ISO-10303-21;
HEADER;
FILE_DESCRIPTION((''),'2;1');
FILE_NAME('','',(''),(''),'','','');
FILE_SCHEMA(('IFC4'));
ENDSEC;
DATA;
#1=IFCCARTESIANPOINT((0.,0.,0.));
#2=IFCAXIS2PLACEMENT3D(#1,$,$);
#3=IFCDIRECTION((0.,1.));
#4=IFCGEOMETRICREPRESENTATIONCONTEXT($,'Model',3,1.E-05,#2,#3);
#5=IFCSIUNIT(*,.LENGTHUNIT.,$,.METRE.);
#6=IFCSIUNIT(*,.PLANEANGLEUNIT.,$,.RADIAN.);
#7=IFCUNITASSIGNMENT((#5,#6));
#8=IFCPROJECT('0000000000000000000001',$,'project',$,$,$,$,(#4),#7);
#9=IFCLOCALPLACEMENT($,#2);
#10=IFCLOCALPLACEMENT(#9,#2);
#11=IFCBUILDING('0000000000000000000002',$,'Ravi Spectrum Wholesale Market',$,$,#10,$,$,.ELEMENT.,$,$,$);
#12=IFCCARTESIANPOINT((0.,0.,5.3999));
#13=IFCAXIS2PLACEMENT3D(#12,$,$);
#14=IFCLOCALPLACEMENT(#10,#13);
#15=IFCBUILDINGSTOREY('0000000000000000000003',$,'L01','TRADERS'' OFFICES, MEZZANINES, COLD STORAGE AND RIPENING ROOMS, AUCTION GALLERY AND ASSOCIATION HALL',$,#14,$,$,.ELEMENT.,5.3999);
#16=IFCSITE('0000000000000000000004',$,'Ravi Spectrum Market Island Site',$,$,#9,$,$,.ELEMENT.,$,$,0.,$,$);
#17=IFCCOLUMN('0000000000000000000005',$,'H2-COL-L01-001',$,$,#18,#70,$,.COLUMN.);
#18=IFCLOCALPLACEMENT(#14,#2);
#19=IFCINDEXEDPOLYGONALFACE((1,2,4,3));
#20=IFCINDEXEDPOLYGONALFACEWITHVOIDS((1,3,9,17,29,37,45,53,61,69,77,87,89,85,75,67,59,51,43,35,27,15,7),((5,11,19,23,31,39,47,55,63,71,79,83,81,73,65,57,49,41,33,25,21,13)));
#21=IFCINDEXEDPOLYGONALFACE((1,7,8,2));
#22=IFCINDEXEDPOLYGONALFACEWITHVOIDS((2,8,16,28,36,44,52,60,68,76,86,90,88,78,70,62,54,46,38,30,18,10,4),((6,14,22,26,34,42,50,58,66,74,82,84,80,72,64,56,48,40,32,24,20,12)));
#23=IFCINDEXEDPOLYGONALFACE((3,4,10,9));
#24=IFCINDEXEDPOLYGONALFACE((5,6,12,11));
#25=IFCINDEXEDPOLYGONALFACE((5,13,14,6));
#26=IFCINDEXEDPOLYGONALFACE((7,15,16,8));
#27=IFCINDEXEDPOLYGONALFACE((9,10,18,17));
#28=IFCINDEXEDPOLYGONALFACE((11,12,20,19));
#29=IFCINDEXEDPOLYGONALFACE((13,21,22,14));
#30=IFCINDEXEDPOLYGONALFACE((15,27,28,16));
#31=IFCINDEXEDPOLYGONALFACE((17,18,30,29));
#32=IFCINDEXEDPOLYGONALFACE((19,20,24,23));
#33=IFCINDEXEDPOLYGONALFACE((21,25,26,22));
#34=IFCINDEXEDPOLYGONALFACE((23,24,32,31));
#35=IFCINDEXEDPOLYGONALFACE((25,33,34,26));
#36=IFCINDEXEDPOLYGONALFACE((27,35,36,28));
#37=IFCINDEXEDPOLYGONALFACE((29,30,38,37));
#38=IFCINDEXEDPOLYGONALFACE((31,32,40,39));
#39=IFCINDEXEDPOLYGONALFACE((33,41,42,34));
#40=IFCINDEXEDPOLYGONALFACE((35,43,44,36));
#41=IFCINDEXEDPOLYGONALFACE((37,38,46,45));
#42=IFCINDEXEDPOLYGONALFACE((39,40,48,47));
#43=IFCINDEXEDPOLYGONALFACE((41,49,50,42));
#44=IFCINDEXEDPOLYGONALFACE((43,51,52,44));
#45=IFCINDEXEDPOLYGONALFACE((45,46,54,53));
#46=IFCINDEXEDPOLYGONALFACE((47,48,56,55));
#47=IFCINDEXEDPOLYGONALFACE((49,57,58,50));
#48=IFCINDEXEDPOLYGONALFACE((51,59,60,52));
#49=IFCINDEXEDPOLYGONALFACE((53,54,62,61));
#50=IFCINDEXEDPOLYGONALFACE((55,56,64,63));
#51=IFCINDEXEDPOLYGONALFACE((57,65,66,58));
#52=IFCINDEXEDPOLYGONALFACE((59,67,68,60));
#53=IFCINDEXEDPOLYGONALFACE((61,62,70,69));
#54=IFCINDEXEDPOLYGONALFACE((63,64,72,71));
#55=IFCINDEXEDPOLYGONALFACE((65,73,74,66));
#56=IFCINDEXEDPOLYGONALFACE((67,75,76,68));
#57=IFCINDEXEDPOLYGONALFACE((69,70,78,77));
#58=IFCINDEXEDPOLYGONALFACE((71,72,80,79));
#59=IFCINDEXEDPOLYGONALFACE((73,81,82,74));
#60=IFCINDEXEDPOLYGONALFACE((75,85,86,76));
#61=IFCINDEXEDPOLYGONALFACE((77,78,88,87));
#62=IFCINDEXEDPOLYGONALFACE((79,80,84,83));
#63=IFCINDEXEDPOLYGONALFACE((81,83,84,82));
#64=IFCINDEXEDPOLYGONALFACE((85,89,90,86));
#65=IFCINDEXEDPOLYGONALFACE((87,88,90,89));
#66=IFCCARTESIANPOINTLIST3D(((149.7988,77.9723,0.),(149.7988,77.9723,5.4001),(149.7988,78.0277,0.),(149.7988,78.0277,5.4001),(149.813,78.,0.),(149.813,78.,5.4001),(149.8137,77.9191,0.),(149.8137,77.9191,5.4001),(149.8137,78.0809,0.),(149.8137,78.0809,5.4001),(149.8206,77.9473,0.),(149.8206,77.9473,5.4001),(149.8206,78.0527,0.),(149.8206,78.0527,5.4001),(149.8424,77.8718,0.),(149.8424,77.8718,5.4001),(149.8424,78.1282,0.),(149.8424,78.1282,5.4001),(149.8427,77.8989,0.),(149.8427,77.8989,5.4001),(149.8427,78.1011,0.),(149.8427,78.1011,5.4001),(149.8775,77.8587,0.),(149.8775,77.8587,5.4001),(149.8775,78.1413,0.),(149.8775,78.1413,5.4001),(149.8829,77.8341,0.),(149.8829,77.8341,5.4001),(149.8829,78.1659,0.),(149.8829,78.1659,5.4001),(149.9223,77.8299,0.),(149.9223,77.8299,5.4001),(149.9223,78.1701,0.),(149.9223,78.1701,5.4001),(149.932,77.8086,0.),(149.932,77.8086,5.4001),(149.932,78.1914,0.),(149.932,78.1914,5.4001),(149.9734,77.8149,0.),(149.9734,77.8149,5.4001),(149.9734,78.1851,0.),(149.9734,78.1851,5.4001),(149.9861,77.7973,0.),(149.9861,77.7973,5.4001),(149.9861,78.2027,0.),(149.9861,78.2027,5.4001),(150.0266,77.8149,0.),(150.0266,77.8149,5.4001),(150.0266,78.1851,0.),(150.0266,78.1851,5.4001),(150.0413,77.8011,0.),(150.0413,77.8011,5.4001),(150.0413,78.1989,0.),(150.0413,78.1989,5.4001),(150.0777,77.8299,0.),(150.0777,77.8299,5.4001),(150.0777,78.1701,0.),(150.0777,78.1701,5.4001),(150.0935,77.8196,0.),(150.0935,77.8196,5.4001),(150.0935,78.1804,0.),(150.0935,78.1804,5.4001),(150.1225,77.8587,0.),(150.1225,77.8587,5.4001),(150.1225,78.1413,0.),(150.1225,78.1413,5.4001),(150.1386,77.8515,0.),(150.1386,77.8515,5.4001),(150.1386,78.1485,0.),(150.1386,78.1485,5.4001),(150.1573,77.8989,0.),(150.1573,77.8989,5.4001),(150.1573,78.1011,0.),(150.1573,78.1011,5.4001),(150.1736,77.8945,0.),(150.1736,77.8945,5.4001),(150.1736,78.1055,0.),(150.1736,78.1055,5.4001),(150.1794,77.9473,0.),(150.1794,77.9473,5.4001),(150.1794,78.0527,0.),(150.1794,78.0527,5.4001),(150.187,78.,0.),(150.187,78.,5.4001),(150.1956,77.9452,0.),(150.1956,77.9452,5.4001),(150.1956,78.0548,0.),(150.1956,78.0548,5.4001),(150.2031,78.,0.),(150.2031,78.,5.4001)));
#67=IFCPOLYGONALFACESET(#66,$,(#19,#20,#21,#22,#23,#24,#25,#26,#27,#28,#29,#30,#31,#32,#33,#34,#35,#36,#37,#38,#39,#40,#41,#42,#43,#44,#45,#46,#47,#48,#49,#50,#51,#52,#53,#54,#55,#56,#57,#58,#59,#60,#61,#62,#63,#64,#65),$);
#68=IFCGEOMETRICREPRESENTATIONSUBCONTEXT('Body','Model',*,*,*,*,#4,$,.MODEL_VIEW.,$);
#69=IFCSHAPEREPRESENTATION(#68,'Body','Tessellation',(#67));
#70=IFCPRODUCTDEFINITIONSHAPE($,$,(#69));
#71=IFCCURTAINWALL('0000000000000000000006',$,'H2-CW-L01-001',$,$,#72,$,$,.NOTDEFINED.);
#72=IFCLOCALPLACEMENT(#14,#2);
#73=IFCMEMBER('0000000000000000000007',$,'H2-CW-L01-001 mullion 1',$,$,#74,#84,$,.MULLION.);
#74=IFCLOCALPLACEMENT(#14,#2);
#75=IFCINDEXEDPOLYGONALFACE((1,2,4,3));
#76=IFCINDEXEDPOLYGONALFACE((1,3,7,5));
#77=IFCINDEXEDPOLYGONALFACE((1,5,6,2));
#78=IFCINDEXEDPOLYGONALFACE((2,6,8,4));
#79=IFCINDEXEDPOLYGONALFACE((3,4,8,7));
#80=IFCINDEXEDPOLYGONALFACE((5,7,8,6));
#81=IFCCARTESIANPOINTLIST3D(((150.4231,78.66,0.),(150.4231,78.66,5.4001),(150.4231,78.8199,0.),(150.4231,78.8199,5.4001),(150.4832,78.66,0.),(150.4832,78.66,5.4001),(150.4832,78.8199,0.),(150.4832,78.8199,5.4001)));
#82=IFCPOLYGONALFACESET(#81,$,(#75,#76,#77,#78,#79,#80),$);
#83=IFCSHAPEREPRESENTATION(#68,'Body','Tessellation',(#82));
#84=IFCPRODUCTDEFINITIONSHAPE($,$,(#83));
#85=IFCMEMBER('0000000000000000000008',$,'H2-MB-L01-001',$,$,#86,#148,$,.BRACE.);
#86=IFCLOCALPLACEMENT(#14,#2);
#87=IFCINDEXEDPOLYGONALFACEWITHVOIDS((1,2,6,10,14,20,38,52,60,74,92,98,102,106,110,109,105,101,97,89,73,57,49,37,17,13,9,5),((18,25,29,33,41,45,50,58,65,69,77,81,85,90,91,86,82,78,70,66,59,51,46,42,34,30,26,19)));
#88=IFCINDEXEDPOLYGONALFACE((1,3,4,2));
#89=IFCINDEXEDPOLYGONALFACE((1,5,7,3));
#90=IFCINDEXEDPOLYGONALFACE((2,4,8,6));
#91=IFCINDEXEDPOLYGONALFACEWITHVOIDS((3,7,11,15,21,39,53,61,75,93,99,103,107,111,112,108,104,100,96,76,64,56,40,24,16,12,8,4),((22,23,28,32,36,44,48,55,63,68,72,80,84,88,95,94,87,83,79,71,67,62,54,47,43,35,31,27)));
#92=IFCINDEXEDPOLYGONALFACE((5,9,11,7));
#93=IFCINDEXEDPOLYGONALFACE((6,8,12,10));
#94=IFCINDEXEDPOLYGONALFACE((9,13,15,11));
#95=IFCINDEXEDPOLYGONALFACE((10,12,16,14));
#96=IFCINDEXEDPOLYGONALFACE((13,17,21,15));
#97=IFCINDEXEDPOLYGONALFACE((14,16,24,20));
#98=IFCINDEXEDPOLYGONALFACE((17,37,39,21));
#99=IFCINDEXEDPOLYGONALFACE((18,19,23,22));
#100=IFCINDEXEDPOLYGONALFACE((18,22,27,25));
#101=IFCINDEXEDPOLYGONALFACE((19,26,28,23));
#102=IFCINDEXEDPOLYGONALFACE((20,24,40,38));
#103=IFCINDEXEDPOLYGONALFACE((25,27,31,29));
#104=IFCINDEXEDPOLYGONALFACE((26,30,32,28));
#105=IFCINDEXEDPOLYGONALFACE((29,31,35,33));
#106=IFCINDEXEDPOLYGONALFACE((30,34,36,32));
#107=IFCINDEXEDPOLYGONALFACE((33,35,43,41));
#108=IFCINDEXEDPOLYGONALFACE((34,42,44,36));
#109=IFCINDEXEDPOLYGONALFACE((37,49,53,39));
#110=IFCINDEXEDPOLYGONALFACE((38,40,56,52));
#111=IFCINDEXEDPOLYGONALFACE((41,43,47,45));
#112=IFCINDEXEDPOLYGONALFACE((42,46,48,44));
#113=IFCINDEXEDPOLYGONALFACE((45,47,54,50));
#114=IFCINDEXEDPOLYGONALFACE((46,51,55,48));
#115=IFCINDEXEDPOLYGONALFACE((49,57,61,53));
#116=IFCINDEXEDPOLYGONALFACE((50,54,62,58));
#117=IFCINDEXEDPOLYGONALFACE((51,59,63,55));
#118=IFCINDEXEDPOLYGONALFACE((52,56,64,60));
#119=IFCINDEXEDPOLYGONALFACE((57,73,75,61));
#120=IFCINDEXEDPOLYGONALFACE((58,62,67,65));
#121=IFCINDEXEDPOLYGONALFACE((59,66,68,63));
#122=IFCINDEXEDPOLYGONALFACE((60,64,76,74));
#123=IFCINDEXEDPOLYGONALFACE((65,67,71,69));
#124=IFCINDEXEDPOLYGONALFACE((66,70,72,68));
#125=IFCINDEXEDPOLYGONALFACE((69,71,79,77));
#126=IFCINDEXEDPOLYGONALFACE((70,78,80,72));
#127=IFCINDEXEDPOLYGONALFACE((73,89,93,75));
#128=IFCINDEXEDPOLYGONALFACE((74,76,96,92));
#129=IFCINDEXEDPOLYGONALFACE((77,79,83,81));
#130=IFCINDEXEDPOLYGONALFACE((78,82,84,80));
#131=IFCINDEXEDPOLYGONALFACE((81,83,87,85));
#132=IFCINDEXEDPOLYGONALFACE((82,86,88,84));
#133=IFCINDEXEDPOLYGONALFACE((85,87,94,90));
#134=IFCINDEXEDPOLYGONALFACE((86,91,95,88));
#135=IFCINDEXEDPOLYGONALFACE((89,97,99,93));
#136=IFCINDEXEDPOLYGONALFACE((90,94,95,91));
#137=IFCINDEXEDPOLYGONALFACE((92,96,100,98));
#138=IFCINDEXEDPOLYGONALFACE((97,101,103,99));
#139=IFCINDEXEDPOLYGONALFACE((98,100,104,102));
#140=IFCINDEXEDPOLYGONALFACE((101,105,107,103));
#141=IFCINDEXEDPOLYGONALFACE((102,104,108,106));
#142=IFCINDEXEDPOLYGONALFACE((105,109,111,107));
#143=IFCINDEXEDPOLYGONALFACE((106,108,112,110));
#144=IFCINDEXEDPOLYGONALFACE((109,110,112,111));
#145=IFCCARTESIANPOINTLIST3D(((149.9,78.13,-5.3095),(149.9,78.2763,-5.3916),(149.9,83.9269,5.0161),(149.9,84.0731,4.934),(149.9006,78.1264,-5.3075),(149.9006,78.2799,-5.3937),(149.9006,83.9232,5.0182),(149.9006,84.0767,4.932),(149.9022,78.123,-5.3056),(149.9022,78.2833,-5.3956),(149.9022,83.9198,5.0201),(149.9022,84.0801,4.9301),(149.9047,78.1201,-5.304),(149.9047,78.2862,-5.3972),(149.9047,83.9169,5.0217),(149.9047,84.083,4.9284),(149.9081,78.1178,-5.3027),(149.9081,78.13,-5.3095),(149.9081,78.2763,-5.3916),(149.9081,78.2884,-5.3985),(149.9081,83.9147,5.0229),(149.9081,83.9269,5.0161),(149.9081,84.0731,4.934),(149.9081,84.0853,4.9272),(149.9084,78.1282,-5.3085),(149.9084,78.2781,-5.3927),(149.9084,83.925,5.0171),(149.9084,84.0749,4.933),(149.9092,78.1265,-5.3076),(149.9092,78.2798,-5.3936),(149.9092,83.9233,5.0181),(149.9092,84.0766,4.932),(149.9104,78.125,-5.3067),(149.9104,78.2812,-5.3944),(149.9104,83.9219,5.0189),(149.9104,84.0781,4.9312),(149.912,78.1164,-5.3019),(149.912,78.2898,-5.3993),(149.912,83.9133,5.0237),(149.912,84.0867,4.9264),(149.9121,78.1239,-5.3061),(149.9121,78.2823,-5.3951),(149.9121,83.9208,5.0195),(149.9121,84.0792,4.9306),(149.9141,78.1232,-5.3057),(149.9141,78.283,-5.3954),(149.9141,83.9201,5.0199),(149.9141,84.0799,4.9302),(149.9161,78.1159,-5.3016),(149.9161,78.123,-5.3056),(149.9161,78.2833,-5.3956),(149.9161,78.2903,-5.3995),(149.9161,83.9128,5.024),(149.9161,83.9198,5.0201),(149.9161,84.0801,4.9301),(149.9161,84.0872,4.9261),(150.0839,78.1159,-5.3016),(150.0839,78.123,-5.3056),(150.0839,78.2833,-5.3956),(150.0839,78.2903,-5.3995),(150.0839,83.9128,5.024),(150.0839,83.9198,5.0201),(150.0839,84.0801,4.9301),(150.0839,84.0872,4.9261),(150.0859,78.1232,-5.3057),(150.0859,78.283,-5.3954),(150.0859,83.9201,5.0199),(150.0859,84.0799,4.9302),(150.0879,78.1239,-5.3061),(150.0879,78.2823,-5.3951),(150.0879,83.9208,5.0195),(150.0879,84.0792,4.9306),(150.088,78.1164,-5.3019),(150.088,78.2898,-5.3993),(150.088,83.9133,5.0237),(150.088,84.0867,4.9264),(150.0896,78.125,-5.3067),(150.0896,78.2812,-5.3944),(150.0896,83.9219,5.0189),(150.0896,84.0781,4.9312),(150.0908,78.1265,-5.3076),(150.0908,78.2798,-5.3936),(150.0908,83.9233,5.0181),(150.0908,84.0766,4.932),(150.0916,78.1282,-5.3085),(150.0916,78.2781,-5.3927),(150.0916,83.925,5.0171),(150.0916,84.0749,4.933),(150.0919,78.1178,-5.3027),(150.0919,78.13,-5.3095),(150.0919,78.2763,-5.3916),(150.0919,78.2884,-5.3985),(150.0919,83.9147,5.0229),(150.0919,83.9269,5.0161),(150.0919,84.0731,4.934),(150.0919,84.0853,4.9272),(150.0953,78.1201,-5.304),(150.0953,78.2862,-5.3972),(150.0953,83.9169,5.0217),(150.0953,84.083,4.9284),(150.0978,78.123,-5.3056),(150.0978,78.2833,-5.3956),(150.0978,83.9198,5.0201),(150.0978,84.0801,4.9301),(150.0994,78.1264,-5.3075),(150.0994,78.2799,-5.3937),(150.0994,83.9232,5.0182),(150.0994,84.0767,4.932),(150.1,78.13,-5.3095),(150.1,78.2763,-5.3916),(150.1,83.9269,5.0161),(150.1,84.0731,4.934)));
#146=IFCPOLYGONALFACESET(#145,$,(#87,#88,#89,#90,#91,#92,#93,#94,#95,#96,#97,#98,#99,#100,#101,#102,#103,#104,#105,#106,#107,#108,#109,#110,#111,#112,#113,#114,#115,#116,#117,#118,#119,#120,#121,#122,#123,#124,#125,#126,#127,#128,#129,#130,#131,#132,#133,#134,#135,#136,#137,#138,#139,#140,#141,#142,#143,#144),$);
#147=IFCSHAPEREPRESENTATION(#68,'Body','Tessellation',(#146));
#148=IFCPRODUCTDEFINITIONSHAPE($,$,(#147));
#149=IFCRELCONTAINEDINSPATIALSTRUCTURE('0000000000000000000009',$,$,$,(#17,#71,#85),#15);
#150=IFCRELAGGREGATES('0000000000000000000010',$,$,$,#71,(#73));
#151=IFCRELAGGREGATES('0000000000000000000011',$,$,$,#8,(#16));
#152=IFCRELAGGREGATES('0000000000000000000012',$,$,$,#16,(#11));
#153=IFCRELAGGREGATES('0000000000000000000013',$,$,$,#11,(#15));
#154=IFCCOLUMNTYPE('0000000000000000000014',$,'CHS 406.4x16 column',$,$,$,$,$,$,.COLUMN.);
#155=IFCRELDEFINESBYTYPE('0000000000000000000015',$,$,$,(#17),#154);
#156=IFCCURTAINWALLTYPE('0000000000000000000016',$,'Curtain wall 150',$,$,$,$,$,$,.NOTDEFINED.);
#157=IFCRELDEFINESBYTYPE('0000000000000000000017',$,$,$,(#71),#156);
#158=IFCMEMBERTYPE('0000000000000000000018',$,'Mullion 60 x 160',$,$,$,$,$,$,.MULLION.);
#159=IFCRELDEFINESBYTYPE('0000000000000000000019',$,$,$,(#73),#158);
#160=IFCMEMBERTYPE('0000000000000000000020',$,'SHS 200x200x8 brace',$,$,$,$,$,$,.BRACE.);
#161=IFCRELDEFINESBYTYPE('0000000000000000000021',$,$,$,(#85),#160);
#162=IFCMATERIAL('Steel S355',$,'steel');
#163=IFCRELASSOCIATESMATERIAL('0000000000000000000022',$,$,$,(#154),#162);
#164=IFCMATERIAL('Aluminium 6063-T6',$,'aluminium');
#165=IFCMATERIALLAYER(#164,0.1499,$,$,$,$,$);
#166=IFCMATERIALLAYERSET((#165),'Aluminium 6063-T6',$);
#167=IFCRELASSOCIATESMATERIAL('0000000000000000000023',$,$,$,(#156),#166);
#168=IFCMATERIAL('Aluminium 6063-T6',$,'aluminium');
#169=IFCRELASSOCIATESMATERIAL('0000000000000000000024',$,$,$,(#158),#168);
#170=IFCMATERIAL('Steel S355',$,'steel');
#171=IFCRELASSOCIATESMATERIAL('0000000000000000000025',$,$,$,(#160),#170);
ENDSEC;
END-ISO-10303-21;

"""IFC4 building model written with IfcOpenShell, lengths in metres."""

from ifc_helpers import new_model, si_unit, direction, frame, origin, origin_2d, place, context, subcontext, project, spatial, rectangle, hollow_rectangle, hollow_circle, extrude, material, layer, layer_set, material_profile, profile_set, type_object, element, aggregate, save


model = new_model("IFC4")

# Units and contexts
model_context = context("Model", 3, precision=1e-05, world=origin(), true_north=direction((0.0, 1.0)))
body_context = subcontext(model_context, "Body", "Model", "MODEL_VIEW")
ifc_project = project(units=[si_unit("LENGTHUNIT", "METRE"), si_unit("PLANEANGLEUNIT", "RADIAN")], contexts=[model_context])

# Site, building, storey
site_placement = place(None, origin())
site = spatial("IfcSite", under=ifc_project, at=site_placement, Name="Ravi Spectrum Market Island Site", CompositionType="ELEMENT", RefElevation=0.0)
building_placement = place(site_placement, origin())
building = spatial("IfcBuilding", under=site, at=building_placement, Name="Ravi Spectrum Wholesale Market", CompositionType="ELEMENT")
storey_placement = place(building_placement, frame((0.0, 0.0, 5.3999)))
storey = spatial("IfcBuildingStorey", under=building, at=storey_placement, Name="L01", Description="TRADERS' OFFICES, MEZZANINES, COLD STORAGE AND RIPENING ROOMS, AUCTION GALLERY AND ASSOCIATION HALL", CompositionType="ELEMENT", Elevation=5.3999)

# Column
ifc_material_1 = material(Name="Steel S355", Category="steel")
ifc_material_profile_1 = material_profile(ifc_material_1, hollow_circle(Radius=0.2031, WallThickness=0.0161, at=origin_2d()))
ifc_profile_set_1 = profile_set([ifc_material_profile_1], Name="Steel S355")
column_type = type_object("IfcColumnType", Name="CHS 406.4x16 column", PredefinedType="COLUMN", material=ifc_profile_set_1)
column_placement = place(storey_placement, frame((150.0, 78.0, 0.0), z_axis=(0.0, 0.0, 1.0), x_axis=(1.0, 0.0, 0.0)))
element("IfcColumn", 1, at=column_placement, inside=storey, type_object=column_type, Name="H2-COL-L01-001", PredefinedType="COLUMN", context=body_context, shape_type="SweptSolid", body=[
    extrude(hollow_circle(Radius=0.2031, WallThickness=0.0161, at=origin_2d()), origin(), (0.0, 0.0, 1.0), 5.4001),
])

# Curtain wall, member
ifc_material_2 = material(Name="Aluminium 6063-T6", Category="aluminium")
ifc_layer_1 = layer(ifc_material_2, 0.1499)
ifc_layer_set_1 = layer_set([ifc_layer_1], Name="Aluminium 6063-T6")
curtain_wall_type = type_object("IfcCurtainWallType", Name="Curtain wall 150", PredefinedType="NOTDEFINED", material=ifc_layer_set_1)
curtain_wall_placement = place(storey_placement, origin())
curtain_wall = element("IfcCurtainWall", 2, at=curtain_wall_placement, inside=storey, type_object=curtain_wall_type, Name="H2-CW-L01-001", PredefinedType="NOTDEFINED")
ifc_material_3 = material(Name="Aluminium 6063-T6", Category="aluminium")
ifc_material_profile_2 = material_profile(ifc_material_3, rectangle(XDim=0.0601, YDim=0.1599, at=origin_2d()))
ifc_profile_set_2 = profile_set([ifc_material_profile_2], Name="Aluminium 6063-T6")
member_type_1 = type_object("IfcMemberType", Name="Mullion 60 x 160", PredefinedType="MULLION", material=ifc_profile_set_2)
member_1_placement = place(storey_placement, frame((150.4531, 78.74, 0.0), z_axis=(0.0, 0.0, 1.0), x_axis=(-1.0, 0.0, 0.0)))
member_1 = element("IfcMember", 3, at=member_1_placement, type_object=member_type_1, Name="H2-CW-L01-001 mullion 1", PredefinedType="MULLION", context=body_context, shape_type="SweptSolid", body=[
    extrude(rectangle(XDim=0.0601, YDim=0.1599, at=origin_2d()), origin(), (0.0, 0.0, 1.0), 5.4001),
])

# Member
ifc_material_4 = material(Name="Steel S355", Category="steel")
ifc_material_profile_3 = material_profile(ifc_material_4, hollow_rectangle(XDim=0.2, YDim=0.2, WallThickness=0.0081, InnerFilletRadius=0.0081, OuterFilletRadius=0.0161, at=origin_2d()))
ifc_profile_set_3 = profile_set([ifc_material_profile_3], Name="Steel S355")
member_type_2 = type_object("IfcMemberType", Name="SHS 200x200x8 brace", PredefinedType="BRACE", material=ifc_profile_set_3)
for number, where, z_axis, x_axis, name in (
    (4, (150.0, 78.2031, -5.3506), (0.0, 0.489535, 0.871984), (-1.0, 0.0, 0.0), "H2-MB-L01-001"),
):
    element("IfcMember", number, at=place(storey_placement, frame(where, z_axis=z_axis, x_axis=x_axis)), inside=storey, type_object=member_type_2, Name=name, PredefinedType="BRACE", context=body_context, shape_type="SweptSolid", body=[
        extrude(hollow_rectangle(XDim=0.2, YDim=0.2, WallThickness=0.0081, InnerFilletRadius=0.0081, OuterFilletRadius=0.0161, at=origin_2d()), origin(), (0.0, 0.0, 1.0), 11.8416),
    ])

aggregate(curtain_wall, [member_1])

save(model, "model.ifc")
